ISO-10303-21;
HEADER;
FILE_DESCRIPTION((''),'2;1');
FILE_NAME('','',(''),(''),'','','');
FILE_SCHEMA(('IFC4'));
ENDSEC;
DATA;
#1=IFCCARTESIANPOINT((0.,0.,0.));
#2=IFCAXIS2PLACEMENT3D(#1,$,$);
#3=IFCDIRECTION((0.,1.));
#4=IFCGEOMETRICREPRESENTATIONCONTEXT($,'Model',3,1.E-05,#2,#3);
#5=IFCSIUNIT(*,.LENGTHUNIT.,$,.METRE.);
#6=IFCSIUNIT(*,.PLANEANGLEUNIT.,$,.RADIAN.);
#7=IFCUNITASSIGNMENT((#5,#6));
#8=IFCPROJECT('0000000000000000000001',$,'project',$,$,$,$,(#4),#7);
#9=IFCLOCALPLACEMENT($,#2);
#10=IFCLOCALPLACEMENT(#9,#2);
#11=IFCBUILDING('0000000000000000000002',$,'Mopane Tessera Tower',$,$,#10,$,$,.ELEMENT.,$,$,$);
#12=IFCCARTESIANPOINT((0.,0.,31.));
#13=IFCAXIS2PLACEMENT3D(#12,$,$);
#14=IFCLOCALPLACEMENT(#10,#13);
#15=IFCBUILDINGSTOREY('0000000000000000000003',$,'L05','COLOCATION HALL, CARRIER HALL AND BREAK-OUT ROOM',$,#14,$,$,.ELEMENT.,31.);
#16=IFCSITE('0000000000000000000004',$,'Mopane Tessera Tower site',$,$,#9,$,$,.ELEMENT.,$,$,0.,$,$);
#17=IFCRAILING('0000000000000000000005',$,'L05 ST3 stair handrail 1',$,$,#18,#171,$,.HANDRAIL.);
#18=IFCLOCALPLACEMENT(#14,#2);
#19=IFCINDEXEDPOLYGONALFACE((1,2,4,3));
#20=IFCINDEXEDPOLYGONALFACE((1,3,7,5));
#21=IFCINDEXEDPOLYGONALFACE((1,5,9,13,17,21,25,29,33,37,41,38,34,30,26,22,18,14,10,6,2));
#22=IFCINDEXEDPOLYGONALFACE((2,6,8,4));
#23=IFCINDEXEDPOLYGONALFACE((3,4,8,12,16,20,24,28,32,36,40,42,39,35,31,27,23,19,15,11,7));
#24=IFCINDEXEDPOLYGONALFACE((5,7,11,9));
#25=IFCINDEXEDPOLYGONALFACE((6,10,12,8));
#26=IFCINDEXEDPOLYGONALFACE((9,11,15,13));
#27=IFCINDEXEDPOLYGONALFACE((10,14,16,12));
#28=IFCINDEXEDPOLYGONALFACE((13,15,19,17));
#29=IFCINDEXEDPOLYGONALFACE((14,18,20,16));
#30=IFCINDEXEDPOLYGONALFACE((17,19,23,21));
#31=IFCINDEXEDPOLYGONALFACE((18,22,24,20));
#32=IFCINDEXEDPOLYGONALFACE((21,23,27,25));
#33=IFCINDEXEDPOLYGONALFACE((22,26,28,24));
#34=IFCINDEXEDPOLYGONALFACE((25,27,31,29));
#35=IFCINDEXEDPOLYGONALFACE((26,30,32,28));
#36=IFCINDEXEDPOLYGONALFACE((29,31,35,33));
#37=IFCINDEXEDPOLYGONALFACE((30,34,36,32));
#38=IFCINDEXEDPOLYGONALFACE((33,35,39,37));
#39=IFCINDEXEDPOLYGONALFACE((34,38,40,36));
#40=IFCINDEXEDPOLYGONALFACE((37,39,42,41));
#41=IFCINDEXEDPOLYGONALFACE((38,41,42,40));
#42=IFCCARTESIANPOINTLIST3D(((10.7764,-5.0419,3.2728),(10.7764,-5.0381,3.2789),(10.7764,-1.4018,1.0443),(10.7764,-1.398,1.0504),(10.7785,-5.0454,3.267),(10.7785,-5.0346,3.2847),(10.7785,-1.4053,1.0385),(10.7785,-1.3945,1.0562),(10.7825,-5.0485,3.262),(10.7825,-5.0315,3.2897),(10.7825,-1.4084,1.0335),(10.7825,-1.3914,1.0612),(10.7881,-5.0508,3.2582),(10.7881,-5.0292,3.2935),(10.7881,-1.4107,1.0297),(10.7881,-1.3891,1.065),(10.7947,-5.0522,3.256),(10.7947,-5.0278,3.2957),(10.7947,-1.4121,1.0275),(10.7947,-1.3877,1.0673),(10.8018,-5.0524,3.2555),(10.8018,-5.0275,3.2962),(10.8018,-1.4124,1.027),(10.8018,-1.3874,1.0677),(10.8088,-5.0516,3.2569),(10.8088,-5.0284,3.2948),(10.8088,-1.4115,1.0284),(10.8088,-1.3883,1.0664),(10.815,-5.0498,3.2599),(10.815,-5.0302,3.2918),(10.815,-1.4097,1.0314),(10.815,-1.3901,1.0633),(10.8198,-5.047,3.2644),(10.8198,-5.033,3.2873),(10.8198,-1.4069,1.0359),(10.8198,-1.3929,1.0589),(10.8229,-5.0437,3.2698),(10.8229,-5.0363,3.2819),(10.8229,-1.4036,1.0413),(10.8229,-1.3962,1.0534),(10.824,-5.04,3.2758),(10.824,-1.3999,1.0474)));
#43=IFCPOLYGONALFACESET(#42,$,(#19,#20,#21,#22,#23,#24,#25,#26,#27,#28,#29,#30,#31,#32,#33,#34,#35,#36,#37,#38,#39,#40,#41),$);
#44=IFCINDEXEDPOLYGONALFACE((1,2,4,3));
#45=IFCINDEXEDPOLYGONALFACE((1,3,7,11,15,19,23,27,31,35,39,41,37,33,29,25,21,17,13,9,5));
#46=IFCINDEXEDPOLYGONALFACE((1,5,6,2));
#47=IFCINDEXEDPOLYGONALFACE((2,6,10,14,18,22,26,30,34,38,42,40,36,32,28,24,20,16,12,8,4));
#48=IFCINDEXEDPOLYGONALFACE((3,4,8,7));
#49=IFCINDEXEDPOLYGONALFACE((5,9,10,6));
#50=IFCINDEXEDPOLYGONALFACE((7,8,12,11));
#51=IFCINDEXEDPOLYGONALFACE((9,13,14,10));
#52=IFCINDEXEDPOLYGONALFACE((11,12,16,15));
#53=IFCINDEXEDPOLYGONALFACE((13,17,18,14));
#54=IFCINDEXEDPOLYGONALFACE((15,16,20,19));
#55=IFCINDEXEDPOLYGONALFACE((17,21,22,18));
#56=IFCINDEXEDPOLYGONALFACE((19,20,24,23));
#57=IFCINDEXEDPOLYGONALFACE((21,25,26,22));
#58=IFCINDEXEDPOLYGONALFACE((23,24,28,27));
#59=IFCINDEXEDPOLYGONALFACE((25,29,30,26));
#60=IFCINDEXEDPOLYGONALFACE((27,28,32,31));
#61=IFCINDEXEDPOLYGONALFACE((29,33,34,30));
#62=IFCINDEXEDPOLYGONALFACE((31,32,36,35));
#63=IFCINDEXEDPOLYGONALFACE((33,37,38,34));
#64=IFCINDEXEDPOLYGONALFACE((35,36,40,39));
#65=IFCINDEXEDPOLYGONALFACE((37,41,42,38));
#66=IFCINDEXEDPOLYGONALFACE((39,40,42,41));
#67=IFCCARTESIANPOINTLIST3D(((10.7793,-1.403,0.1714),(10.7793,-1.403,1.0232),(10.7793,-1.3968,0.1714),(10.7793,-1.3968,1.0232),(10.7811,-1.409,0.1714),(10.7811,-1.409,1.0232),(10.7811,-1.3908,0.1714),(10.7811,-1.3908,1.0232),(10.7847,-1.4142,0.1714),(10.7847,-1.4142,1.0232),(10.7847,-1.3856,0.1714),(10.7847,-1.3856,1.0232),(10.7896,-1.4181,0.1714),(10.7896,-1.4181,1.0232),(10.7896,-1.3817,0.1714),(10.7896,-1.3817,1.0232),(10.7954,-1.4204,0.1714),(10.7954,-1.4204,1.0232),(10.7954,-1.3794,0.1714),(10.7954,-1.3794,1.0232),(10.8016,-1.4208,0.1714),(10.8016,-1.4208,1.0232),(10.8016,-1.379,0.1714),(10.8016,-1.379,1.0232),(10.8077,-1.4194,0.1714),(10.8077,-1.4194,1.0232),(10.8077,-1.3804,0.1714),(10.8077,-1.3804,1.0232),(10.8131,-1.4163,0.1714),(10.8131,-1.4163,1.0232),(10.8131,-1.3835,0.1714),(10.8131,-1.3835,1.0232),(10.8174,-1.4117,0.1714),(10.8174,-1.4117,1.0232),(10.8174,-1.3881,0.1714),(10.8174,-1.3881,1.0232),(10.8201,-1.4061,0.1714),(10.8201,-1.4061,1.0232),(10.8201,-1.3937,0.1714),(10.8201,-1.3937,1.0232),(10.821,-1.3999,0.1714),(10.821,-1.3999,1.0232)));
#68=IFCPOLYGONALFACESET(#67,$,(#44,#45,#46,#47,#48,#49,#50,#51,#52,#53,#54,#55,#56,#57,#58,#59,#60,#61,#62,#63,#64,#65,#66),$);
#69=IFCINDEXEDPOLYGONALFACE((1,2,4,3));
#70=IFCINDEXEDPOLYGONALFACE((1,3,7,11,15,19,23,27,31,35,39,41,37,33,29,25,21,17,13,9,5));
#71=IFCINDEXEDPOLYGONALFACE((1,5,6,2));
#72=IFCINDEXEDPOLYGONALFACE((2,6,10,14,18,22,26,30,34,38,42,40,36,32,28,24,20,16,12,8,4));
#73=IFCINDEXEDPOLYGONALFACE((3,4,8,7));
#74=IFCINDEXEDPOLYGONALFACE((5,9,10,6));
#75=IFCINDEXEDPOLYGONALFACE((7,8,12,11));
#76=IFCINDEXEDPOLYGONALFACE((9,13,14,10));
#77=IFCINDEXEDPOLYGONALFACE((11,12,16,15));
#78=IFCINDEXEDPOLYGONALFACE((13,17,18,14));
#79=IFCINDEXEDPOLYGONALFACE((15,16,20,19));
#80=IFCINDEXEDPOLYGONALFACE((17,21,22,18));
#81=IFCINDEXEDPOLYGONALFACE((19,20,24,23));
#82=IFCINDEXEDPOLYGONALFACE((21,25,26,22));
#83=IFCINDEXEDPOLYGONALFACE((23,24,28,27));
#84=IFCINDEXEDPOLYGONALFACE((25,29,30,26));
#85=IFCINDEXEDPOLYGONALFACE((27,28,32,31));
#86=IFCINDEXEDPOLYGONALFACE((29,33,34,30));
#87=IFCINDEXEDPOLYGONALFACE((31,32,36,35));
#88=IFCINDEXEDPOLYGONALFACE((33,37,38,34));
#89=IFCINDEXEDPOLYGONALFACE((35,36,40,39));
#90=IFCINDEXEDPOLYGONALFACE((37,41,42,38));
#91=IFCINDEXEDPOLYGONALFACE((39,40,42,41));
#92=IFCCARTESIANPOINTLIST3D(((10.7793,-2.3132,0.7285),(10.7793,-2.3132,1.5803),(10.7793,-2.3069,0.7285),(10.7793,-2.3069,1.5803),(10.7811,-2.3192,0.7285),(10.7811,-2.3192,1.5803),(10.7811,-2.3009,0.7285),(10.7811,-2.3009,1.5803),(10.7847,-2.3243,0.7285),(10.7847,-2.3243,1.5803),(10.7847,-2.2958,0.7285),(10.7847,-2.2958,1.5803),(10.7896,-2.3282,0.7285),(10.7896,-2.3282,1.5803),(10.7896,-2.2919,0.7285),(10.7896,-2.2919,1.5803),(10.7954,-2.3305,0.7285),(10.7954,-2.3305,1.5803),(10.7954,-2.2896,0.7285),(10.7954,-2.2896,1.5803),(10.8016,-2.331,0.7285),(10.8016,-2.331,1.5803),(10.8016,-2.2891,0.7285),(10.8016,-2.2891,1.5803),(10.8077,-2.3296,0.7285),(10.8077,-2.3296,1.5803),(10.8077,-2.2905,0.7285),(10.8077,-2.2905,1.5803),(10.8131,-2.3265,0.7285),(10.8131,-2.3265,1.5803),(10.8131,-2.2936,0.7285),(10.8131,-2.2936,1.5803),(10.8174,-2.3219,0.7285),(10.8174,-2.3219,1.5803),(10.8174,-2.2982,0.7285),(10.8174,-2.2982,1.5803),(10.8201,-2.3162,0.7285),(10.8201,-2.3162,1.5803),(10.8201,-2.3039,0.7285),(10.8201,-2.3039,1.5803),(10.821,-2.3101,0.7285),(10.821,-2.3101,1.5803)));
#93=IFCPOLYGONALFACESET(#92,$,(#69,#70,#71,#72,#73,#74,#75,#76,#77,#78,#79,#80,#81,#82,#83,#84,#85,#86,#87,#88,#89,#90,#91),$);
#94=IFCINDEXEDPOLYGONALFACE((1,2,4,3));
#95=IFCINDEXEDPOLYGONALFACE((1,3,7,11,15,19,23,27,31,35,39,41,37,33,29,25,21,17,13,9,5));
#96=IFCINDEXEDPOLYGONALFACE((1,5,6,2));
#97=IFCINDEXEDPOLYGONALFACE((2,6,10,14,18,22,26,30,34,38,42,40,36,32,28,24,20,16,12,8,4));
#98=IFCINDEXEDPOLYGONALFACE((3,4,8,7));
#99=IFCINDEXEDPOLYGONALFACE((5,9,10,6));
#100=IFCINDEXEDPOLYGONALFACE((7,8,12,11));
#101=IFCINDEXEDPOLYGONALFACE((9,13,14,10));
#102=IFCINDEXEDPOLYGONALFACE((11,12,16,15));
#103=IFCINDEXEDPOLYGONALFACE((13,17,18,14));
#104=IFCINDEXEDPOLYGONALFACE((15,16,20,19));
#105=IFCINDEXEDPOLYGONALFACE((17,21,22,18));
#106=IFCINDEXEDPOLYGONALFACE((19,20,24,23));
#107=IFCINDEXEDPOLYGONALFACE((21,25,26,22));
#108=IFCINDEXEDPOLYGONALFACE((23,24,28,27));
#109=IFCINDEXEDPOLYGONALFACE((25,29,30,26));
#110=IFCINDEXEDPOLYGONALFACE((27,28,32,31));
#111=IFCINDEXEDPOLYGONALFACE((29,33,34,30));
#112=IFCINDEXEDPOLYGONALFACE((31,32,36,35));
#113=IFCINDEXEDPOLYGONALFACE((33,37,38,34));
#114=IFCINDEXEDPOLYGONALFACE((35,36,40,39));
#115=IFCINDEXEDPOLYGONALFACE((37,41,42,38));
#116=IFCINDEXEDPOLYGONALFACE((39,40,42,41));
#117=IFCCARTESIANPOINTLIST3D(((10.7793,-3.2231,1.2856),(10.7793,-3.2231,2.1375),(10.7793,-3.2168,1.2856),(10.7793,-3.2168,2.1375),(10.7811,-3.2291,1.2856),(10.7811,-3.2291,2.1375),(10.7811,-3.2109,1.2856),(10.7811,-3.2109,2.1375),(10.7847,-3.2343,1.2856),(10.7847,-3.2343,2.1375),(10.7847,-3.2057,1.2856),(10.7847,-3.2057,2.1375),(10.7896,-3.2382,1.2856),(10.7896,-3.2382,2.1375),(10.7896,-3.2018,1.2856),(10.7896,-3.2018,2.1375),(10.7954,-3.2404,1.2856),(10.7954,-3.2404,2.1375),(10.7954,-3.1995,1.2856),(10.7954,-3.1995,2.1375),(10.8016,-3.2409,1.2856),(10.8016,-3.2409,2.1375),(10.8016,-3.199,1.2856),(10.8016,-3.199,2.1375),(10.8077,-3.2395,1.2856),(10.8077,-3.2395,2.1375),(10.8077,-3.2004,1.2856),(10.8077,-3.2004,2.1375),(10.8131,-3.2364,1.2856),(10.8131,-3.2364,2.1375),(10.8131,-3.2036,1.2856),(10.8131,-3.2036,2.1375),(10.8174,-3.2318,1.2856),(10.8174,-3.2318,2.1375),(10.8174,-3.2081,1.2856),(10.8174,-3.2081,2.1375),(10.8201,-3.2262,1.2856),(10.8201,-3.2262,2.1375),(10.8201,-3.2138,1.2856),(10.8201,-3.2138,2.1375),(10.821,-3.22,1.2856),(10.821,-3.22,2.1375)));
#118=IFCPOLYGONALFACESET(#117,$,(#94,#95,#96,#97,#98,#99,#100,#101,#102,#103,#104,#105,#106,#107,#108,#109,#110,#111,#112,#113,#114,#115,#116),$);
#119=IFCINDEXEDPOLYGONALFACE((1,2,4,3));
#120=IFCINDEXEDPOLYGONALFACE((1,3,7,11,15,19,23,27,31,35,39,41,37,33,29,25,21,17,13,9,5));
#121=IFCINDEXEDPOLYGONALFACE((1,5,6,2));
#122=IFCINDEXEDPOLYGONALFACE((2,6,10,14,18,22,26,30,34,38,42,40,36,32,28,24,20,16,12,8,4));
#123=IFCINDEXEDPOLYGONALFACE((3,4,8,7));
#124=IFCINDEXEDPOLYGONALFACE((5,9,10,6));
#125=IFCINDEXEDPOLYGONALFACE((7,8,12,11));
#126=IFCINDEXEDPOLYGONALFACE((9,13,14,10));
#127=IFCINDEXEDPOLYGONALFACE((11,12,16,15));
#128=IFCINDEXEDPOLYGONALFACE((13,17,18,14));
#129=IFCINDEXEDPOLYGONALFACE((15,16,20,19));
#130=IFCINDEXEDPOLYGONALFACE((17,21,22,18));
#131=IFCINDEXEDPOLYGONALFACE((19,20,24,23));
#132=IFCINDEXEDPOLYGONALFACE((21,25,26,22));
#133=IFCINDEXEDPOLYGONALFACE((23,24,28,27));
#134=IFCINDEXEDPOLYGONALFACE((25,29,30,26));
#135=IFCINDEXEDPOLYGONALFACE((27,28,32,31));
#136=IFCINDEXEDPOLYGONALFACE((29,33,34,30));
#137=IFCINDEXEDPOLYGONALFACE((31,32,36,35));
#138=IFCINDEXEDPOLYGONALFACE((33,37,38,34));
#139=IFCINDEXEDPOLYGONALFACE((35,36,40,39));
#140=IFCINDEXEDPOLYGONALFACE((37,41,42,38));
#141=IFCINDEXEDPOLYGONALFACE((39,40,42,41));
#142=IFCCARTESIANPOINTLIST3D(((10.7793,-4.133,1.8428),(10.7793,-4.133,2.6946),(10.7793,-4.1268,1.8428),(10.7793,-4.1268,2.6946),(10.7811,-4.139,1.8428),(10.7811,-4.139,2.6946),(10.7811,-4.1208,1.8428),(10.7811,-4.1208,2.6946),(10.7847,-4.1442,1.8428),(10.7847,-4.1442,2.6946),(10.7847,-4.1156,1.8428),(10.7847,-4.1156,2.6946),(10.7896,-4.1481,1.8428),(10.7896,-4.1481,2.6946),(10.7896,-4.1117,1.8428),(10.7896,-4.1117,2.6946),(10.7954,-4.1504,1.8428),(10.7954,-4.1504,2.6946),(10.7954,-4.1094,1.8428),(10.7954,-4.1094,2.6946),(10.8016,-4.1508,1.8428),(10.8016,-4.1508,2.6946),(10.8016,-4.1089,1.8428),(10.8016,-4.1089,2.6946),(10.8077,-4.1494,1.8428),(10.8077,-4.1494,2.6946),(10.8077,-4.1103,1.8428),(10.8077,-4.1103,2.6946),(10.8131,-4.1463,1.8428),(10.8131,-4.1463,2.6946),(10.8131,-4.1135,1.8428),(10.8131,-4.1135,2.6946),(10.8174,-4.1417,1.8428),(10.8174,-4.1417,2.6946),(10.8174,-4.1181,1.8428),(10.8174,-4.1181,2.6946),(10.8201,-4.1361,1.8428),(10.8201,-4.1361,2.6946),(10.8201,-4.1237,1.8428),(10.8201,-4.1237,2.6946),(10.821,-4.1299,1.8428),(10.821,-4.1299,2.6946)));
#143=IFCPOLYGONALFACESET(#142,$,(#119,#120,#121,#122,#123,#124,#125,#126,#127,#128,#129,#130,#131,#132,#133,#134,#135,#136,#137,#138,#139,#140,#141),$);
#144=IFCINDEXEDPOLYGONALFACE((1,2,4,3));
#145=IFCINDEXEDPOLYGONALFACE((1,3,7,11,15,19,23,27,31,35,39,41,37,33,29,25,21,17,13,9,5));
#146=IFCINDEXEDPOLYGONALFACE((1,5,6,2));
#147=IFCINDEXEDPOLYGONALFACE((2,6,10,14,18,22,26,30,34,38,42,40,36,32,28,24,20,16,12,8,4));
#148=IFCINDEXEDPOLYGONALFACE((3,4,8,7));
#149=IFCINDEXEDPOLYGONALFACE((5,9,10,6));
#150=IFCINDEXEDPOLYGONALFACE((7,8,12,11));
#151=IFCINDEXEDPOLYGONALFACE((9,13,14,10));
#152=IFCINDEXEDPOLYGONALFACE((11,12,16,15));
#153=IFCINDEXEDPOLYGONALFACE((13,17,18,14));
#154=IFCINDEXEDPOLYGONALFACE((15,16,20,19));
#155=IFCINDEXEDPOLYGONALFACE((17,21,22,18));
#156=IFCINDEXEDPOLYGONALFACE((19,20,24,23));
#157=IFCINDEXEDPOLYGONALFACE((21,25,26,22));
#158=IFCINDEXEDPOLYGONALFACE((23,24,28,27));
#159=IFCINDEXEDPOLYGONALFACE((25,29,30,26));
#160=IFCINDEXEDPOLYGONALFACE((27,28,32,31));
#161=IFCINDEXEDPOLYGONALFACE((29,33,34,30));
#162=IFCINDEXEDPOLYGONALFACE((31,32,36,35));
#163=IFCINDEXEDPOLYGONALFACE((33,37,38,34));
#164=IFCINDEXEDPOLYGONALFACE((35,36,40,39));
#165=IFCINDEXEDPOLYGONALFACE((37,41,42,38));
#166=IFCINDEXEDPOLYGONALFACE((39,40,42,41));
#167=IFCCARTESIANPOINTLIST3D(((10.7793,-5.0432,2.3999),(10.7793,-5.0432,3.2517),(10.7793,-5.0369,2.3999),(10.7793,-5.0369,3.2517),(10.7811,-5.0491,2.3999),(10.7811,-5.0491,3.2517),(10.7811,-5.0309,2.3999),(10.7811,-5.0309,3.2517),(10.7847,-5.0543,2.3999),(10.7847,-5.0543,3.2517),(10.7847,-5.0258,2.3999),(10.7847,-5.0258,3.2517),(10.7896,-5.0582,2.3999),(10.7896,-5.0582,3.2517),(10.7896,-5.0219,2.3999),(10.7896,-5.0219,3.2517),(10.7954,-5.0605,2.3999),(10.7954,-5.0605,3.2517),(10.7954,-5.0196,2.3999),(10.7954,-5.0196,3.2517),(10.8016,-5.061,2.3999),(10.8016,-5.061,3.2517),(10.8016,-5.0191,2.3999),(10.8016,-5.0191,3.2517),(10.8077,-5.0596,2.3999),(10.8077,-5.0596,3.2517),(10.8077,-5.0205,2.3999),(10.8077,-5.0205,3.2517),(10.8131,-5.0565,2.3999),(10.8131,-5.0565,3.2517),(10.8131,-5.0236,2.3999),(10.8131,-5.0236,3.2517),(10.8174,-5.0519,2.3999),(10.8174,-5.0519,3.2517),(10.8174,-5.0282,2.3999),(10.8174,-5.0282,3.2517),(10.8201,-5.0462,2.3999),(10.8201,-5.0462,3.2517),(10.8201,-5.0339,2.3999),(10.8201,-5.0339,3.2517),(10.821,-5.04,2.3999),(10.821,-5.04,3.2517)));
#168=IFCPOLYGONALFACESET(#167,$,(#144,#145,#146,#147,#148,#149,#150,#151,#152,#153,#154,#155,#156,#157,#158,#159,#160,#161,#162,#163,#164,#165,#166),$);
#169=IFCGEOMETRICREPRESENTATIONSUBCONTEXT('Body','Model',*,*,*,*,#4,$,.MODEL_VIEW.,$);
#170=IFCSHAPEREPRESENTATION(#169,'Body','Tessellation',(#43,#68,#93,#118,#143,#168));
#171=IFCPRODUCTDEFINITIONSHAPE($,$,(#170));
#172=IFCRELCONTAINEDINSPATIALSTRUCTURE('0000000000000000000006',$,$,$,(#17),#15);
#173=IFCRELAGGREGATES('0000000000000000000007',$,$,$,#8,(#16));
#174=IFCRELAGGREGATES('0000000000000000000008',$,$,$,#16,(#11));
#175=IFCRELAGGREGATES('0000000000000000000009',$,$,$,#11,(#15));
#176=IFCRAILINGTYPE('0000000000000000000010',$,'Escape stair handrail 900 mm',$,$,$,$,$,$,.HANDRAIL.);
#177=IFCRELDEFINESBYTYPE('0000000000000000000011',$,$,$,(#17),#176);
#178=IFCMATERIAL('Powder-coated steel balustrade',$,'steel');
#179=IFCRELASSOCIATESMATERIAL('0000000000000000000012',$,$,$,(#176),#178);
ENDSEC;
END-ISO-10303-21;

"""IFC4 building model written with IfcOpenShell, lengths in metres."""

from ifc_helpers import new_model, si_unit, direction, frame, origin, origin_2d, place, context, subcontext, project, spatial, circle, extrude, material, type_object, element, save


model = new_model("IFC4")

# Units and contexts
model_context = context("Model", 3, precision=1e-05, world=origin(), true_north=direction((0.0, 1.0)))
body_context = subcontext(model_context, "Body", "Model", "MODEL_VIEW")
ifc_project = project(units=[si_unit("LENGTHUNIT", "METRE"), si_unit("PLANEANGLEUNIT", "RADIAN")], contexts=[model_context])

# Site, building, storey
site_placement = place(None, origin())
site = spatial("IfcSite", under=ifc_project, at=site_placement, Name="Mopane Tessera Tower site", CompositionType="ELEMENT", RefElevation=0.0)
building_placement = place(site_placement, origin())
building = spatial("IfcBuilding", under=site, at=building_placement, Name="Mopane Tessera Tower", CompositionType="ELEMENT")
storey_placement = place(building_placement, frame((0.0, 0.0, 31.0)))
storey = spatial("IfcBuildingStorey", under=building, at=storey_placement, Name="L05", Description="COLOCATION HALL, CARRIER HALL AND BREAK-OUT ROOM", CompositionType="ELEMENT", Elevation=31.0)

# Railing
ifc_material_1 = material(Name="Powder-coated steel balustrade", Category="steel")
railing_type_1 = type_object("IfcRailingType", Name="Escape stair handrail 900 mm", PredefinedType="HANDRAIL", material=ifc_material_1)
railing_1_placement = place(storey_placement, frame((10.8, -1.3999, 0.1714)))
element("IfcRailing", 1, at=railing_1_placement, inside=storey, type_object=railing_type_1, Name="L05 ST3 stair handrail 1", PredefinedType="HANDRAIL", context=body_context, shape_type="SweptSolid", body=[
    extrude(circle(Radius=0.0239, at=origin_2d()), frame((0.0, 0.0, 0.876), z_axis=(0.0, -0.852866, 0.52213), x_axis=(1.0, 0.0, 0.0)), (0.0, 0.0, 1.0), 4.2681),
    extrude(circle(Radius=0.021, at=origin_2d()), origin(), (0.0, 0.0, 1.0), 0.8518),
    extrude(circle(Radius=0.021, at=origin_2d()), frame((0.0, -0.9102, 0.5571)), (0.0, 0.0, 1.0), 0.8518),
    extrude(circle(Radius=0.021, at=origin_2d()), frame((0.0, -1.8201, 1.1143)), (0.0, 0.0, 1.0), 0.8518),
    extrude(circle(Radius=0.021, at=origin_2d()), frame((0.0, -2.73, 1.6714)), (0.0, 0.0, 1.0), 0.8518),
    extrude(circle(Radius=0.021, at=origin_2d()), frame((0.0, -3.6401, 2.2285)), (0.0, 0.0, 1.0), 0.8518),
])

save(model, "model.ifc")
